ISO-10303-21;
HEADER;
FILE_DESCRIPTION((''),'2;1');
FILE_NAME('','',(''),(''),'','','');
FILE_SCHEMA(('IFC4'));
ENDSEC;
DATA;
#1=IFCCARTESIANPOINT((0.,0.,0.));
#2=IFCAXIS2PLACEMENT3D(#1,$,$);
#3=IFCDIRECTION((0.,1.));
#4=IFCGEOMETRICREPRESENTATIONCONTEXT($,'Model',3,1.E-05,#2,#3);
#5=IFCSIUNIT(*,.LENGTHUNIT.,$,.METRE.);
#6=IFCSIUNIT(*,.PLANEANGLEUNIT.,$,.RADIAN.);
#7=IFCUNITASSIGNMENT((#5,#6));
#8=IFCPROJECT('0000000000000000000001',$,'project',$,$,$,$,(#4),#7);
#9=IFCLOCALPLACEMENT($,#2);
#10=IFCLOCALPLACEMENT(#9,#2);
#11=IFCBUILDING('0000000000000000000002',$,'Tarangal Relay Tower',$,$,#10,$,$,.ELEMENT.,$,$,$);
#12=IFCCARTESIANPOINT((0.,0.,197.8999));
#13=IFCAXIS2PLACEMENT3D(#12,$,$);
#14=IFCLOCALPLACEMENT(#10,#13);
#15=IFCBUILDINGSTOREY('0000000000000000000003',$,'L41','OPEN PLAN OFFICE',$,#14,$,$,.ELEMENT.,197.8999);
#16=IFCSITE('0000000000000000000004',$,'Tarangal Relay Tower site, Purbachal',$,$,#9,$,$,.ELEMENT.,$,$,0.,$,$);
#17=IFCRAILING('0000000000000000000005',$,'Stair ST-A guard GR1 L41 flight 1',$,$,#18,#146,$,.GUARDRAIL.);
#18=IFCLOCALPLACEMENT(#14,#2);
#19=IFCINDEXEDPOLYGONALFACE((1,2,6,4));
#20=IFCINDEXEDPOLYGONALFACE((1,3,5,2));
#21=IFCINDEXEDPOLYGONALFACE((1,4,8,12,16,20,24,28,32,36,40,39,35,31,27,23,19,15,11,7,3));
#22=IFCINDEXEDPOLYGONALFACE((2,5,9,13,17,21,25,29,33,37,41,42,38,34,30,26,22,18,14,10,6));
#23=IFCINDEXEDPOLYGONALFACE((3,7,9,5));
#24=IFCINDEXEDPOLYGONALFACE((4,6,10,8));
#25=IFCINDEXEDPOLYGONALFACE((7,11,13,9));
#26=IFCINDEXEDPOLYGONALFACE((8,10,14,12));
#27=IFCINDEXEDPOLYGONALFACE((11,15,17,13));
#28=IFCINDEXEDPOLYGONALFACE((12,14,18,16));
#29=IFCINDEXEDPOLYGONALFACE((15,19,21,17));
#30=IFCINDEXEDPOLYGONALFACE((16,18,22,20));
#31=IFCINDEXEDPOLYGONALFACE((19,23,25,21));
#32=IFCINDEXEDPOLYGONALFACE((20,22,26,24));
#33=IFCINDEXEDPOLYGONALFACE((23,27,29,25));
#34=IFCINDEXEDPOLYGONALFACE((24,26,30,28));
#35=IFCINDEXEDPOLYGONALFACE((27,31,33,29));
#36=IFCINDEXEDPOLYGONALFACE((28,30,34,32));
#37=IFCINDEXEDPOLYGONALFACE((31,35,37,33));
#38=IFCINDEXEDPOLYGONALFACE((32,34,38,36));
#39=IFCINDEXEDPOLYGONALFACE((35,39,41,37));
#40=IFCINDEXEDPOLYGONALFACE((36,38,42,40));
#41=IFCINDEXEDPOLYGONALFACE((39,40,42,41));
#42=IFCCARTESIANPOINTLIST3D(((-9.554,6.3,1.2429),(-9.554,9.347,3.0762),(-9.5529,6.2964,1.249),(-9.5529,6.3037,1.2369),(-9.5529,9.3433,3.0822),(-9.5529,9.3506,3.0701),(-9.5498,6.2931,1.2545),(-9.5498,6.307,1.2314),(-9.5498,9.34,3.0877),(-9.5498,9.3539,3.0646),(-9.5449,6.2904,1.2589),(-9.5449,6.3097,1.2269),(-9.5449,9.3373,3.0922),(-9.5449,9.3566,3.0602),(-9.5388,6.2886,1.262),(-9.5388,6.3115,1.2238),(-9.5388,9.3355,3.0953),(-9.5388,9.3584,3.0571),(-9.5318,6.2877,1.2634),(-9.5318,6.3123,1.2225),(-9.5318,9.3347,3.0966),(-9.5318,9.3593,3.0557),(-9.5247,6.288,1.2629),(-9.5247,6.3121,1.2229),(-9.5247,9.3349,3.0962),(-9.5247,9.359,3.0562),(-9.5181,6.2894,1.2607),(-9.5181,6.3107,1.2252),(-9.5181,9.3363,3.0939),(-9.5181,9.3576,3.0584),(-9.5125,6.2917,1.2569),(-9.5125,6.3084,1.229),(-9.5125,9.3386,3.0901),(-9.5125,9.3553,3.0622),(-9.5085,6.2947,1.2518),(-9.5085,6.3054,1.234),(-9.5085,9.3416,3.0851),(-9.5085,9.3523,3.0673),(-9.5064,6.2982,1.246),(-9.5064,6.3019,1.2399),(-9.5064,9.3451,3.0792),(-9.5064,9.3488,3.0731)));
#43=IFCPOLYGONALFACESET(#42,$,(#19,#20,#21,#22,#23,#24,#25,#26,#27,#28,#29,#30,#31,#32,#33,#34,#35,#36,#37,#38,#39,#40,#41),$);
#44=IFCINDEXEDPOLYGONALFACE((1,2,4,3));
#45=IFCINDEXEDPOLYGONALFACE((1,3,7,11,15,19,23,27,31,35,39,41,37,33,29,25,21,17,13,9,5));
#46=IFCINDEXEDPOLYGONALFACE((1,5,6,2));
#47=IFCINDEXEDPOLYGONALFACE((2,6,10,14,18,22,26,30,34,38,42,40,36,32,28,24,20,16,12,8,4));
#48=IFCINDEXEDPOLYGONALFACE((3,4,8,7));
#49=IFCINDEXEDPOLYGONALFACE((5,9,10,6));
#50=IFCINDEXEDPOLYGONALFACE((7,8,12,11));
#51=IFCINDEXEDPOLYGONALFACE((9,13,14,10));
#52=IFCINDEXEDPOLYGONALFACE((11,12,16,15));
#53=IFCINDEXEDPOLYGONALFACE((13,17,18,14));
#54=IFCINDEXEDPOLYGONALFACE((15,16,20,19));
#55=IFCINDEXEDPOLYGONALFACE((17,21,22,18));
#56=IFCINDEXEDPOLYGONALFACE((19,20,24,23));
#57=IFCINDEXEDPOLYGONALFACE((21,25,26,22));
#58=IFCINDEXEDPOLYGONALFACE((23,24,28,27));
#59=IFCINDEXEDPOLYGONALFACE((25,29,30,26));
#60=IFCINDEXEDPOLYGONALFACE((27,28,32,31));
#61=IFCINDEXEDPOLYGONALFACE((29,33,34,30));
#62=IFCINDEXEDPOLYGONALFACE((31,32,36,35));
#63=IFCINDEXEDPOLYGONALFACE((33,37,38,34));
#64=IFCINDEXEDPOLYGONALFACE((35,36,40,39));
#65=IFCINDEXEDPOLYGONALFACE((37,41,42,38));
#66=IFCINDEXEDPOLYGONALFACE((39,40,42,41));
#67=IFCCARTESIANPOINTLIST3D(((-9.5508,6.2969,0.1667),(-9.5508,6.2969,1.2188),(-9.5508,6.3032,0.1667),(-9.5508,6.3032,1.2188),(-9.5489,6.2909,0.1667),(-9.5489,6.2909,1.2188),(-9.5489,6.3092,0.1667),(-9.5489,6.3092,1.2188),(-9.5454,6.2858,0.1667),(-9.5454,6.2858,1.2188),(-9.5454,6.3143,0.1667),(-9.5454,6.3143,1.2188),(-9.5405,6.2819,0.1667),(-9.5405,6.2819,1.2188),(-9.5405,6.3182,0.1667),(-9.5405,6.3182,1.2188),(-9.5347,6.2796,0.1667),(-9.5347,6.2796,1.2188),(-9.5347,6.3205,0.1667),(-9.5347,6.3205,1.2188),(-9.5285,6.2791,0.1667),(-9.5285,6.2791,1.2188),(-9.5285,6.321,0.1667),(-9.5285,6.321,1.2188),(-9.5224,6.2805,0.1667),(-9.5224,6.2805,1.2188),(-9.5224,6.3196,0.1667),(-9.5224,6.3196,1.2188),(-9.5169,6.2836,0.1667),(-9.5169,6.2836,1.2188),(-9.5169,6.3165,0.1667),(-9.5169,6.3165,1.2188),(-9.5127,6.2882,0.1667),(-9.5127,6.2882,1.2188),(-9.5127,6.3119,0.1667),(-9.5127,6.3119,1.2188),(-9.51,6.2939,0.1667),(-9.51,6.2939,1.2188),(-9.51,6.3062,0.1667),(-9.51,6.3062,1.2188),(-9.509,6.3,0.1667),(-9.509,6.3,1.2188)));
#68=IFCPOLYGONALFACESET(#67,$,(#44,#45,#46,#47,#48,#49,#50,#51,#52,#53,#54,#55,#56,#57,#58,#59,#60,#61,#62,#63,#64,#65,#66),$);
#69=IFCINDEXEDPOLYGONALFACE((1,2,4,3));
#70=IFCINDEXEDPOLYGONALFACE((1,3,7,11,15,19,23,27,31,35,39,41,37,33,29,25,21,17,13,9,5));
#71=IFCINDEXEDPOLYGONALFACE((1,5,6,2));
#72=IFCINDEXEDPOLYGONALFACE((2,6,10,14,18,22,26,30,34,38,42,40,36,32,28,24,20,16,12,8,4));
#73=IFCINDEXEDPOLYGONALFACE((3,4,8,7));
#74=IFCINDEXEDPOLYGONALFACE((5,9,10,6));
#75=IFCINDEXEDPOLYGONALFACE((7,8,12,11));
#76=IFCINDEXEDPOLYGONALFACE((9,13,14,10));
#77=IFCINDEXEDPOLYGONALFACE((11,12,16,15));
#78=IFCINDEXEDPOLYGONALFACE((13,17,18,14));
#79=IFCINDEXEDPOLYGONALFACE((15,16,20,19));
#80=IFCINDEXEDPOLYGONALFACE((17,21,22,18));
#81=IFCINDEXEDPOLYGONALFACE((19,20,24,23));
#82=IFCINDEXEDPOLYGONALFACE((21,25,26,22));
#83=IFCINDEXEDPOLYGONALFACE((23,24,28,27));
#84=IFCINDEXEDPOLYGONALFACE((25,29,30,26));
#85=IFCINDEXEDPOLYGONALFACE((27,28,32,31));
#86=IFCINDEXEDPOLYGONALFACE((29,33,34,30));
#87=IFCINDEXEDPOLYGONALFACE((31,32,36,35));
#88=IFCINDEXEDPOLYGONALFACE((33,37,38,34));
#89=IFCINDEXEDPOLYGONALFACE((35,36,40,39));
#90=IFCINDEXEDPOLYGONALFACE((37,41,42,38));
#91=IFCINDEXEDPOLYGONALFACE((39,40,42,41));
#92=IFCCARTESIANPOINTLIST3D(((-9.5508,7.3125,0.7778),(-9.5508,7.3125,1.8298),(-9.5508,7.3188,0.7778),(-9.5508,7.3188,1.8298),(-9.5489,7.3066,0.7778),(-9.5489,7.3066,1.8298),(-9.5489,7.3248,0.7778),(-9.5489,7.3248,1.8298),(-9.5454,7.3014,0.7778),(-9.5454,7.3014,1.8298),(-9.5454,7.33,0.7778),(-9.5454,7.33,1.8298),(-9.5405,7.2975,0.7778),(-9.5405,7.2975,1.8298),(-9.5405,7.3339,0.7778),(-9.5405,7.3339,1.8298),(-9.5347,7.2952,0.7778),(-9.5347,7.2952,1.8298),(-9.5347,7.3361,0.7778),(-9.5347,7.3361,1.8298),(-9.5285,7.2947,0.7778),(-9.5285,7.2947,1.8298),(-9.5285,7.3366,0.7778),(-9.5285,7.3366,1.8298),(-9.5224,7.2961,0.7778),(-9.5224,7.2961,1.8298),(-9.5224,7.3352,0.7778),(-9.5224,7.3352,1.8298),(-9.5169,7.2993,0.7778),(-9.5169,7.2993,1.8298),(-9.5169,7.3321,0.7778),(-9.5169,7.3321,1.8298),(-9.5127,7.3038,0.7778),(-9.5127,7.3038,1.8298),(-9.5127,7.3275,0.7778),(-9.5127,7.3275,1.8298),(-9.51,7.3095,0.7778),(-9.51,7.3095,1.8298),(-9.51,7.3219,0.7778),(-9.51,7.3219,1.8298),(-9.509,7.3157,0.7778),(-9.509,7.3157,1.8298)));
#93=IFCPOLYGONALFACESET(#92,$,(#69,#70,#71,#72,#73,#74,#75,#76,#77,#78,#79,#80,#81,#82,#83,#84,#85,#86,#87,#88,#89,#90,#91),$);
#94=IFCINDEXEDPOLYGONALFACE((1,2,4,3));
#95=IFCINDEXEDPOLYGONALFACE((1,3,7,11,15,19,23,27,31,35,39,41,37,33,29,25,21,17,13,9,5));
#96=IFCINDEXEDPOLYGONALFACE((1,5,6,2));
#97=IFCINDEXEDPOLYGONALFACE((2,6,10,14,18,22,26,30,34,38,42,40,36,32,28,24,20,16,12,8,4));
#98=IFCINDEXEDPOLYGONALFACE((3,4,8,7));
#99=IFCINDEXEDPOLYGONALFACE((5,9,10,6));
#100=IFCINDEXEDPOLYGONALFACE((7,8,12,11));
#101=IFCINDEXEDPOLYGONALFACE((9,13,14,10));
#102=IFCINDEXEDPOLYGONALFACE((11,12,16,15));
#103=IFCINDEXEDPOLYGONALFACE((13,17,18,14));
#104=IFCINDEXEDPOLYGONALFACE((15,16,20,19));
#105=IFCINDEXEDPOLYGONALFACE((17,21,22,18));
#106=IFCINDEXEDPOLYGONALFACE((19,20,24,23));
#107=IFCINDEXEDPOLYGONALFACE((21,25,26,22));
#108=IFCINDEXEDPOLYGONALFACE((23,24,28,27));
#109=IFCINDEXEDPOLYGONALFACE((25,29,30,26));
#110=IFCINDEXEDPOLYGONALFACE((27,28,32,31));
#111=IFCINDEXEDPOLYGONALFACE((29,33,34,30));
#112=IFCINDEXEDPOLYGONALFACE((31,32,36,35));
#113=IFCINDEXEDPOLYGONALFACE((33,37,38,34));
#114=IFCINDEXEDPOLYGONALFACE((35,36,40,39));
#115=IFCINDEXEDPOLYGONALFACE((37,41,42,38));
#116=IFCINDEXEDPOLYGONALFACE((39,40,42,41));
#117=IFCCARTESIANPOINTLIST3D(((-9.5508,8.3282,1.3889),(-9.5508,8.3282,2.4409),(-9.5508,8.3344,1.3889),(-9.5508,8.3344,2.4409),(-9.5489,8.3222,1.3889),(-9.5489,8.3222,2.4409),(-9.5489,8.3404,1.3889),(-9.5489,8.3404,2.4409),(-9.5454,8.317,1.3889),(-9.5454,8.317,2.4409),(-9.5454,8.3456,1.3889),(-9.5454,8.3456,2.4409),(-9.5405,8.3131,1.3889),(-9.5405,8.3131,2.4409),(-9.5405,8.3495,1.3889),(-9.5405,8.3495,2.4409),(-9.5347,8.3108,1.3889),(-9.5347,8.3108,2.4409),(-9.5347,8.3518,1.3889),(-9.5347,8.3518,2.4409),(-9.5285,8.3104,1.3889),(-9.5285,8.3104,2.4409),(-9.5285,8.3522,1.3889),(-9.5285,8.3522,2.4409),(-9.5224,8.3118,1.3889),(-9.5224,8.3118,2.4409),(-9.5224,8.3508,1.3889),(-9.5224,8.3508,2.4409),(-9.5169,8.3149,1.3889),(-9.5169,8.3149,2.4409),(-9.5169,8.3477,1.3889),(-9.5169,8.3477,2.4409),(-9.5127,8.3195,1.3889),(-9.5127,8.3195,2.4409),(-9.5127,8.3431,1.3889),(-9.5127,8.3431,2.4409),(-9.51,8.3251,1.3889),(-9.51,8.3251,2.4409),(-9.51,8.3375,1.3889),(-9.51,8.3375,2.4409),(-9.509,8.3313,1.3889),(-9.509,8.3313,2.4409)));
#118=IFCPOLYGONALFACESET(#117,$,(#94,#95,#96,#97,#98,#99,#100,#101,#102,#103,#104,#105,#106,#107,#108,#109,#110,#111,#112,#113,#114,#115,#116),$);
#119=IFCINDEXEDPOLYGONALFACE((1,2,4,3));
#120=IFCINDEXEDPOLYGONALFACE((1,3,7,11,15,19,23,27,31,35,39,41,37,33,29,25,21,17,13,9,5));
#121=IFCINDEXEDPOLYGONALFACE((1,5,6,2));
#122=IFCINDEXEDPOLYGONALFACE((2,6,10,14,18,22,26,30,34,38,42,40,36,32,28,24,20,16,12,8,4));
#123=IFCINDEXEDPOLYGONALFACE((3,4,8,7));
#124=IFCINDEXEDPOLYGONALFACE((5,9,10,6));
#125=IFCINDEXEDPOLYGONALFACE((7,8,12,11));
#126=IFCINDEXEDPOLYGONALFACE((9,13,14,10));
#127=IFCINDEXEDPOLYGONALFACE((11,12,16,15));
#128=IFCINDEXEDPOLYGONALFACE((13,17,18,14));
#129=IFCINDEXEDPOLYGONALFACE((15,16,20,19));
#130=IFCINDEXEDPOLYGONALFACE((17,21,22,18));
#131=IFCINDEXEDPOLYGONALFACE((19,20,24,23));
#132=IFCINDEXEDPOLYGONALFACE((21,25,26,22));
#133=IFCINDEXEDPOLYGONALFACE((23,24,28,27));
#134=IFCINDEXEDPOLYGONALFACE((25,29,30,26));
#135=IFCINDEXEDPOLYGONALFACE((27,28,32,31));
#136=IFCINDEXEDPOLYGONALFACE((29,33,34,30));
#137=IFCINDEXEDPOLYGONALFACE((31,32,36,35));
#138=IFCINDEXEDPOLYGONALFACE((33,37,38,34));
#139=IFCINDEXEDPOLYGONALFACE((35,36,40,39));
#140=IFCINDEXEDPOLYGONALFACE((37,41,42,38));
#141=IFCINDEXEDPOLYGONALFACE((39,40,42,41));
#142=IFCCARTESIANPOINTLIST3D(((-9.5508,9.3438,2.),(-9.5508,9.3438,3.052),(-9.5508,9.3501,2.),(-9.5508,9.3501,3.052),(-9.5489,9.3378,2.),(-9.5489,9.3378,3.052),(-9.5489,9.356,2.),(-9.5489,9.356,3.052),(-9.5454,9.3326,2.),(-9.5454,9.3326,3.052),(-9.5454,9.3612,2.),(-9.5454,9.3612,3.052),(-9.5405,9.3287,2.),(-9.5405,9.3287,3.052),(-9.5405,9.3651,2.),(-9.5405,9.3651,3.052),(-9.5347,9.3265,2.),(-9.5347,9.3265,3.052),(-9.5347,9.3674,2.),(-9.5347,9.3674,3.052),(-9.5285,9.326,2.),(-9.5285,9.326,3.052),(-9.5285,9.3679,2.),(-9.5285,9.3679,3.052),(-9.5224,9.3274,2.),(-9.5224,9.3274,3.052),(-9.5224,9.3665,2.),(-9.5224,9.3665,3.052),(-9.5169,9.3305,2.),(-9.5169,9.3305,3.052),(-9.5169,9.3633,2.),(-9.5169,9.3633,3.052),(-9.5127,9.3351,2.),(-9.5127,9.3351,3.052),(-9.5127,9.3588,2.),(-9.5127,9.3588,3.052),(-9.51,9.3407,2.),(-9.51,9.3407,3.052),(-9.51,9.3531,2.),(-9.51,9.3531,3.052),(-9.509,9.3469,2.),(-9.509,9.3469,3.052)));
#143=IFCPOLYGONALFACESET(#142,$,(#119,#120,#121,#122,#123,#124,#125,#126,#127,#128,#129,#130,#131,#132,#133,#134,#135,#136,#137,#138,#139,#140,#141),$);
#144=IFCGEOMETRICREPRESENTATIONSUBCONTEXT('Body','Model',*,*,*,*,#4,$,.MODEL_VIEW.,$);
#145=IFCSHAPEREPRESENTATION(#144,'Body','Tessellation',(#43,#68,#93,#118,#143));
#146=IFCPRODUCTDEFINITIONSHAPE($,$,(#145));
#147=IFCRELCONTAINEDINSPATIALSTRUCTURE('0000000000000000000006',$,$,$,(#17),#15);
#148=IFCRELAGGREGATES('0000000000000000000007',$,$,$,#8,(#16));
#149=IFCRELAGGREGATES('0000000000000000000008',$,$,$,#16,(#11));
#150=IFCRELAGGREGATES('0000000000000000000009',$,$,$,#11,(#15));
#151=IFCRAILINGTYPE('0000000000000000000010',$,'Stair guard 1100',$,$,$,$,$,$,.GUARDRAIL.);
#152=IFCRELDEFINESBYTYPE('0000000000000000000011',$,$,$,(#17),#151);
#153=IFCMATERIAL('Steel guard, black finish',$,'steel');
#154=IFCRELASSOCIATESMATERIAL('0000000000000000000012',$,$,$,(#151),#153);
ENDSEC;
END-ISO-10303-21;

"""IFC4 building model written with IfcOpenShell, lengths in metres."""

from ifc_helpers import new_model, si_unit, direction, frame, origin, origin_2d, place, context, subcontext, project, spatial, circle, extrude, material, type_object, element, save


model = new_model("IFC4")

# Units and contexts
model_context = context("Model", 3, precision=1e-05, world=origin(), true_north=direction((0.0, 1.0)))
body_context = subcontext(model_context, "Body", "Model", "MODEL_VIEW")
ifc_project = project(units=[si_unit("LENGTHUNIT", "METRE"), si_unit("PLANEANGLEUNIT", "RADIAN")], contexts=[model_context])

# Site, building, storey
site_placement = place(None, origin())
site = spatial("IfcSite", under=ifc_project, at=site_placement, Name="Tarangal Relay Tower site, Purbachal", CompositionType="ELEMENT", RefElevation=0.0)
building_placement = place(site_placement, origin())
building = spatial("IfcBuilding", under=site, at=building_placement, Name="Tarangal Relay Tower", CompositionType="ELEMENT")
storey_placement = place(building_placement, frame((0.0, 0.0, 197.8999)))
storey = spatial("IfcBuildingStorey", under=building, at=storey_placement, Name="L41", Description="OPEN PLAN OFFICE", CompositionType="ELEMENT", Elevation=197.8999)

# Railing
ifc_material_1 = material(Name="Steel guard, black finish", Category="steel")
railing_type_1 = type_object("IfcRailingType", Name="Stair guard 1100", PredefinedType="GUARDRAIL", material=ifc_material_1)
railing_1_placement = place(storey_placement, frame((-9.53, 6.3, 0.1667)))
element("IfcRailing", 1, at=railing_1_placement, inside=storey, type_object=railing_type_1, Name="Stair ST-A guard GR1 L41 flight 1", PredefinedType="GUARDRAIL", context=body_context, shape_type="SweptSolid", body=[
    extrude(circle(Radius=0.0239, at=origin_2d()), frame((0.0, 0.0, 1.0762), z_axis=(0.0, 0.856856, 0.515556), x_axis=(-1.0, 0.0, 0.0)), (0.0, 0.0, 1.0), 3.5559),
    extrude(circle(Radius=0.021, at=origin_2d()), origin(), (0.0, 0.0, 1.0), 1.052),
    extrude(circle(Radius=0.021, at=origin_2d()), frame((0.0, 1.0156, 0.6111)), (0.0, 0.0, 1.0), 1.052),
    extrude(circle(Radius=0.021, at=origin_2d()), frame((0.0, 2.0312, 1.2222)), (0.0, 0.0, 1.0), 1.052),
    extrude(circle(Radius=0.021, at=origin_2d()), frame((0.0, 3.0469, 1.8333)), (0.0, 0.0, 1.0), 1.052),
])

save(model, "model.ifc")
